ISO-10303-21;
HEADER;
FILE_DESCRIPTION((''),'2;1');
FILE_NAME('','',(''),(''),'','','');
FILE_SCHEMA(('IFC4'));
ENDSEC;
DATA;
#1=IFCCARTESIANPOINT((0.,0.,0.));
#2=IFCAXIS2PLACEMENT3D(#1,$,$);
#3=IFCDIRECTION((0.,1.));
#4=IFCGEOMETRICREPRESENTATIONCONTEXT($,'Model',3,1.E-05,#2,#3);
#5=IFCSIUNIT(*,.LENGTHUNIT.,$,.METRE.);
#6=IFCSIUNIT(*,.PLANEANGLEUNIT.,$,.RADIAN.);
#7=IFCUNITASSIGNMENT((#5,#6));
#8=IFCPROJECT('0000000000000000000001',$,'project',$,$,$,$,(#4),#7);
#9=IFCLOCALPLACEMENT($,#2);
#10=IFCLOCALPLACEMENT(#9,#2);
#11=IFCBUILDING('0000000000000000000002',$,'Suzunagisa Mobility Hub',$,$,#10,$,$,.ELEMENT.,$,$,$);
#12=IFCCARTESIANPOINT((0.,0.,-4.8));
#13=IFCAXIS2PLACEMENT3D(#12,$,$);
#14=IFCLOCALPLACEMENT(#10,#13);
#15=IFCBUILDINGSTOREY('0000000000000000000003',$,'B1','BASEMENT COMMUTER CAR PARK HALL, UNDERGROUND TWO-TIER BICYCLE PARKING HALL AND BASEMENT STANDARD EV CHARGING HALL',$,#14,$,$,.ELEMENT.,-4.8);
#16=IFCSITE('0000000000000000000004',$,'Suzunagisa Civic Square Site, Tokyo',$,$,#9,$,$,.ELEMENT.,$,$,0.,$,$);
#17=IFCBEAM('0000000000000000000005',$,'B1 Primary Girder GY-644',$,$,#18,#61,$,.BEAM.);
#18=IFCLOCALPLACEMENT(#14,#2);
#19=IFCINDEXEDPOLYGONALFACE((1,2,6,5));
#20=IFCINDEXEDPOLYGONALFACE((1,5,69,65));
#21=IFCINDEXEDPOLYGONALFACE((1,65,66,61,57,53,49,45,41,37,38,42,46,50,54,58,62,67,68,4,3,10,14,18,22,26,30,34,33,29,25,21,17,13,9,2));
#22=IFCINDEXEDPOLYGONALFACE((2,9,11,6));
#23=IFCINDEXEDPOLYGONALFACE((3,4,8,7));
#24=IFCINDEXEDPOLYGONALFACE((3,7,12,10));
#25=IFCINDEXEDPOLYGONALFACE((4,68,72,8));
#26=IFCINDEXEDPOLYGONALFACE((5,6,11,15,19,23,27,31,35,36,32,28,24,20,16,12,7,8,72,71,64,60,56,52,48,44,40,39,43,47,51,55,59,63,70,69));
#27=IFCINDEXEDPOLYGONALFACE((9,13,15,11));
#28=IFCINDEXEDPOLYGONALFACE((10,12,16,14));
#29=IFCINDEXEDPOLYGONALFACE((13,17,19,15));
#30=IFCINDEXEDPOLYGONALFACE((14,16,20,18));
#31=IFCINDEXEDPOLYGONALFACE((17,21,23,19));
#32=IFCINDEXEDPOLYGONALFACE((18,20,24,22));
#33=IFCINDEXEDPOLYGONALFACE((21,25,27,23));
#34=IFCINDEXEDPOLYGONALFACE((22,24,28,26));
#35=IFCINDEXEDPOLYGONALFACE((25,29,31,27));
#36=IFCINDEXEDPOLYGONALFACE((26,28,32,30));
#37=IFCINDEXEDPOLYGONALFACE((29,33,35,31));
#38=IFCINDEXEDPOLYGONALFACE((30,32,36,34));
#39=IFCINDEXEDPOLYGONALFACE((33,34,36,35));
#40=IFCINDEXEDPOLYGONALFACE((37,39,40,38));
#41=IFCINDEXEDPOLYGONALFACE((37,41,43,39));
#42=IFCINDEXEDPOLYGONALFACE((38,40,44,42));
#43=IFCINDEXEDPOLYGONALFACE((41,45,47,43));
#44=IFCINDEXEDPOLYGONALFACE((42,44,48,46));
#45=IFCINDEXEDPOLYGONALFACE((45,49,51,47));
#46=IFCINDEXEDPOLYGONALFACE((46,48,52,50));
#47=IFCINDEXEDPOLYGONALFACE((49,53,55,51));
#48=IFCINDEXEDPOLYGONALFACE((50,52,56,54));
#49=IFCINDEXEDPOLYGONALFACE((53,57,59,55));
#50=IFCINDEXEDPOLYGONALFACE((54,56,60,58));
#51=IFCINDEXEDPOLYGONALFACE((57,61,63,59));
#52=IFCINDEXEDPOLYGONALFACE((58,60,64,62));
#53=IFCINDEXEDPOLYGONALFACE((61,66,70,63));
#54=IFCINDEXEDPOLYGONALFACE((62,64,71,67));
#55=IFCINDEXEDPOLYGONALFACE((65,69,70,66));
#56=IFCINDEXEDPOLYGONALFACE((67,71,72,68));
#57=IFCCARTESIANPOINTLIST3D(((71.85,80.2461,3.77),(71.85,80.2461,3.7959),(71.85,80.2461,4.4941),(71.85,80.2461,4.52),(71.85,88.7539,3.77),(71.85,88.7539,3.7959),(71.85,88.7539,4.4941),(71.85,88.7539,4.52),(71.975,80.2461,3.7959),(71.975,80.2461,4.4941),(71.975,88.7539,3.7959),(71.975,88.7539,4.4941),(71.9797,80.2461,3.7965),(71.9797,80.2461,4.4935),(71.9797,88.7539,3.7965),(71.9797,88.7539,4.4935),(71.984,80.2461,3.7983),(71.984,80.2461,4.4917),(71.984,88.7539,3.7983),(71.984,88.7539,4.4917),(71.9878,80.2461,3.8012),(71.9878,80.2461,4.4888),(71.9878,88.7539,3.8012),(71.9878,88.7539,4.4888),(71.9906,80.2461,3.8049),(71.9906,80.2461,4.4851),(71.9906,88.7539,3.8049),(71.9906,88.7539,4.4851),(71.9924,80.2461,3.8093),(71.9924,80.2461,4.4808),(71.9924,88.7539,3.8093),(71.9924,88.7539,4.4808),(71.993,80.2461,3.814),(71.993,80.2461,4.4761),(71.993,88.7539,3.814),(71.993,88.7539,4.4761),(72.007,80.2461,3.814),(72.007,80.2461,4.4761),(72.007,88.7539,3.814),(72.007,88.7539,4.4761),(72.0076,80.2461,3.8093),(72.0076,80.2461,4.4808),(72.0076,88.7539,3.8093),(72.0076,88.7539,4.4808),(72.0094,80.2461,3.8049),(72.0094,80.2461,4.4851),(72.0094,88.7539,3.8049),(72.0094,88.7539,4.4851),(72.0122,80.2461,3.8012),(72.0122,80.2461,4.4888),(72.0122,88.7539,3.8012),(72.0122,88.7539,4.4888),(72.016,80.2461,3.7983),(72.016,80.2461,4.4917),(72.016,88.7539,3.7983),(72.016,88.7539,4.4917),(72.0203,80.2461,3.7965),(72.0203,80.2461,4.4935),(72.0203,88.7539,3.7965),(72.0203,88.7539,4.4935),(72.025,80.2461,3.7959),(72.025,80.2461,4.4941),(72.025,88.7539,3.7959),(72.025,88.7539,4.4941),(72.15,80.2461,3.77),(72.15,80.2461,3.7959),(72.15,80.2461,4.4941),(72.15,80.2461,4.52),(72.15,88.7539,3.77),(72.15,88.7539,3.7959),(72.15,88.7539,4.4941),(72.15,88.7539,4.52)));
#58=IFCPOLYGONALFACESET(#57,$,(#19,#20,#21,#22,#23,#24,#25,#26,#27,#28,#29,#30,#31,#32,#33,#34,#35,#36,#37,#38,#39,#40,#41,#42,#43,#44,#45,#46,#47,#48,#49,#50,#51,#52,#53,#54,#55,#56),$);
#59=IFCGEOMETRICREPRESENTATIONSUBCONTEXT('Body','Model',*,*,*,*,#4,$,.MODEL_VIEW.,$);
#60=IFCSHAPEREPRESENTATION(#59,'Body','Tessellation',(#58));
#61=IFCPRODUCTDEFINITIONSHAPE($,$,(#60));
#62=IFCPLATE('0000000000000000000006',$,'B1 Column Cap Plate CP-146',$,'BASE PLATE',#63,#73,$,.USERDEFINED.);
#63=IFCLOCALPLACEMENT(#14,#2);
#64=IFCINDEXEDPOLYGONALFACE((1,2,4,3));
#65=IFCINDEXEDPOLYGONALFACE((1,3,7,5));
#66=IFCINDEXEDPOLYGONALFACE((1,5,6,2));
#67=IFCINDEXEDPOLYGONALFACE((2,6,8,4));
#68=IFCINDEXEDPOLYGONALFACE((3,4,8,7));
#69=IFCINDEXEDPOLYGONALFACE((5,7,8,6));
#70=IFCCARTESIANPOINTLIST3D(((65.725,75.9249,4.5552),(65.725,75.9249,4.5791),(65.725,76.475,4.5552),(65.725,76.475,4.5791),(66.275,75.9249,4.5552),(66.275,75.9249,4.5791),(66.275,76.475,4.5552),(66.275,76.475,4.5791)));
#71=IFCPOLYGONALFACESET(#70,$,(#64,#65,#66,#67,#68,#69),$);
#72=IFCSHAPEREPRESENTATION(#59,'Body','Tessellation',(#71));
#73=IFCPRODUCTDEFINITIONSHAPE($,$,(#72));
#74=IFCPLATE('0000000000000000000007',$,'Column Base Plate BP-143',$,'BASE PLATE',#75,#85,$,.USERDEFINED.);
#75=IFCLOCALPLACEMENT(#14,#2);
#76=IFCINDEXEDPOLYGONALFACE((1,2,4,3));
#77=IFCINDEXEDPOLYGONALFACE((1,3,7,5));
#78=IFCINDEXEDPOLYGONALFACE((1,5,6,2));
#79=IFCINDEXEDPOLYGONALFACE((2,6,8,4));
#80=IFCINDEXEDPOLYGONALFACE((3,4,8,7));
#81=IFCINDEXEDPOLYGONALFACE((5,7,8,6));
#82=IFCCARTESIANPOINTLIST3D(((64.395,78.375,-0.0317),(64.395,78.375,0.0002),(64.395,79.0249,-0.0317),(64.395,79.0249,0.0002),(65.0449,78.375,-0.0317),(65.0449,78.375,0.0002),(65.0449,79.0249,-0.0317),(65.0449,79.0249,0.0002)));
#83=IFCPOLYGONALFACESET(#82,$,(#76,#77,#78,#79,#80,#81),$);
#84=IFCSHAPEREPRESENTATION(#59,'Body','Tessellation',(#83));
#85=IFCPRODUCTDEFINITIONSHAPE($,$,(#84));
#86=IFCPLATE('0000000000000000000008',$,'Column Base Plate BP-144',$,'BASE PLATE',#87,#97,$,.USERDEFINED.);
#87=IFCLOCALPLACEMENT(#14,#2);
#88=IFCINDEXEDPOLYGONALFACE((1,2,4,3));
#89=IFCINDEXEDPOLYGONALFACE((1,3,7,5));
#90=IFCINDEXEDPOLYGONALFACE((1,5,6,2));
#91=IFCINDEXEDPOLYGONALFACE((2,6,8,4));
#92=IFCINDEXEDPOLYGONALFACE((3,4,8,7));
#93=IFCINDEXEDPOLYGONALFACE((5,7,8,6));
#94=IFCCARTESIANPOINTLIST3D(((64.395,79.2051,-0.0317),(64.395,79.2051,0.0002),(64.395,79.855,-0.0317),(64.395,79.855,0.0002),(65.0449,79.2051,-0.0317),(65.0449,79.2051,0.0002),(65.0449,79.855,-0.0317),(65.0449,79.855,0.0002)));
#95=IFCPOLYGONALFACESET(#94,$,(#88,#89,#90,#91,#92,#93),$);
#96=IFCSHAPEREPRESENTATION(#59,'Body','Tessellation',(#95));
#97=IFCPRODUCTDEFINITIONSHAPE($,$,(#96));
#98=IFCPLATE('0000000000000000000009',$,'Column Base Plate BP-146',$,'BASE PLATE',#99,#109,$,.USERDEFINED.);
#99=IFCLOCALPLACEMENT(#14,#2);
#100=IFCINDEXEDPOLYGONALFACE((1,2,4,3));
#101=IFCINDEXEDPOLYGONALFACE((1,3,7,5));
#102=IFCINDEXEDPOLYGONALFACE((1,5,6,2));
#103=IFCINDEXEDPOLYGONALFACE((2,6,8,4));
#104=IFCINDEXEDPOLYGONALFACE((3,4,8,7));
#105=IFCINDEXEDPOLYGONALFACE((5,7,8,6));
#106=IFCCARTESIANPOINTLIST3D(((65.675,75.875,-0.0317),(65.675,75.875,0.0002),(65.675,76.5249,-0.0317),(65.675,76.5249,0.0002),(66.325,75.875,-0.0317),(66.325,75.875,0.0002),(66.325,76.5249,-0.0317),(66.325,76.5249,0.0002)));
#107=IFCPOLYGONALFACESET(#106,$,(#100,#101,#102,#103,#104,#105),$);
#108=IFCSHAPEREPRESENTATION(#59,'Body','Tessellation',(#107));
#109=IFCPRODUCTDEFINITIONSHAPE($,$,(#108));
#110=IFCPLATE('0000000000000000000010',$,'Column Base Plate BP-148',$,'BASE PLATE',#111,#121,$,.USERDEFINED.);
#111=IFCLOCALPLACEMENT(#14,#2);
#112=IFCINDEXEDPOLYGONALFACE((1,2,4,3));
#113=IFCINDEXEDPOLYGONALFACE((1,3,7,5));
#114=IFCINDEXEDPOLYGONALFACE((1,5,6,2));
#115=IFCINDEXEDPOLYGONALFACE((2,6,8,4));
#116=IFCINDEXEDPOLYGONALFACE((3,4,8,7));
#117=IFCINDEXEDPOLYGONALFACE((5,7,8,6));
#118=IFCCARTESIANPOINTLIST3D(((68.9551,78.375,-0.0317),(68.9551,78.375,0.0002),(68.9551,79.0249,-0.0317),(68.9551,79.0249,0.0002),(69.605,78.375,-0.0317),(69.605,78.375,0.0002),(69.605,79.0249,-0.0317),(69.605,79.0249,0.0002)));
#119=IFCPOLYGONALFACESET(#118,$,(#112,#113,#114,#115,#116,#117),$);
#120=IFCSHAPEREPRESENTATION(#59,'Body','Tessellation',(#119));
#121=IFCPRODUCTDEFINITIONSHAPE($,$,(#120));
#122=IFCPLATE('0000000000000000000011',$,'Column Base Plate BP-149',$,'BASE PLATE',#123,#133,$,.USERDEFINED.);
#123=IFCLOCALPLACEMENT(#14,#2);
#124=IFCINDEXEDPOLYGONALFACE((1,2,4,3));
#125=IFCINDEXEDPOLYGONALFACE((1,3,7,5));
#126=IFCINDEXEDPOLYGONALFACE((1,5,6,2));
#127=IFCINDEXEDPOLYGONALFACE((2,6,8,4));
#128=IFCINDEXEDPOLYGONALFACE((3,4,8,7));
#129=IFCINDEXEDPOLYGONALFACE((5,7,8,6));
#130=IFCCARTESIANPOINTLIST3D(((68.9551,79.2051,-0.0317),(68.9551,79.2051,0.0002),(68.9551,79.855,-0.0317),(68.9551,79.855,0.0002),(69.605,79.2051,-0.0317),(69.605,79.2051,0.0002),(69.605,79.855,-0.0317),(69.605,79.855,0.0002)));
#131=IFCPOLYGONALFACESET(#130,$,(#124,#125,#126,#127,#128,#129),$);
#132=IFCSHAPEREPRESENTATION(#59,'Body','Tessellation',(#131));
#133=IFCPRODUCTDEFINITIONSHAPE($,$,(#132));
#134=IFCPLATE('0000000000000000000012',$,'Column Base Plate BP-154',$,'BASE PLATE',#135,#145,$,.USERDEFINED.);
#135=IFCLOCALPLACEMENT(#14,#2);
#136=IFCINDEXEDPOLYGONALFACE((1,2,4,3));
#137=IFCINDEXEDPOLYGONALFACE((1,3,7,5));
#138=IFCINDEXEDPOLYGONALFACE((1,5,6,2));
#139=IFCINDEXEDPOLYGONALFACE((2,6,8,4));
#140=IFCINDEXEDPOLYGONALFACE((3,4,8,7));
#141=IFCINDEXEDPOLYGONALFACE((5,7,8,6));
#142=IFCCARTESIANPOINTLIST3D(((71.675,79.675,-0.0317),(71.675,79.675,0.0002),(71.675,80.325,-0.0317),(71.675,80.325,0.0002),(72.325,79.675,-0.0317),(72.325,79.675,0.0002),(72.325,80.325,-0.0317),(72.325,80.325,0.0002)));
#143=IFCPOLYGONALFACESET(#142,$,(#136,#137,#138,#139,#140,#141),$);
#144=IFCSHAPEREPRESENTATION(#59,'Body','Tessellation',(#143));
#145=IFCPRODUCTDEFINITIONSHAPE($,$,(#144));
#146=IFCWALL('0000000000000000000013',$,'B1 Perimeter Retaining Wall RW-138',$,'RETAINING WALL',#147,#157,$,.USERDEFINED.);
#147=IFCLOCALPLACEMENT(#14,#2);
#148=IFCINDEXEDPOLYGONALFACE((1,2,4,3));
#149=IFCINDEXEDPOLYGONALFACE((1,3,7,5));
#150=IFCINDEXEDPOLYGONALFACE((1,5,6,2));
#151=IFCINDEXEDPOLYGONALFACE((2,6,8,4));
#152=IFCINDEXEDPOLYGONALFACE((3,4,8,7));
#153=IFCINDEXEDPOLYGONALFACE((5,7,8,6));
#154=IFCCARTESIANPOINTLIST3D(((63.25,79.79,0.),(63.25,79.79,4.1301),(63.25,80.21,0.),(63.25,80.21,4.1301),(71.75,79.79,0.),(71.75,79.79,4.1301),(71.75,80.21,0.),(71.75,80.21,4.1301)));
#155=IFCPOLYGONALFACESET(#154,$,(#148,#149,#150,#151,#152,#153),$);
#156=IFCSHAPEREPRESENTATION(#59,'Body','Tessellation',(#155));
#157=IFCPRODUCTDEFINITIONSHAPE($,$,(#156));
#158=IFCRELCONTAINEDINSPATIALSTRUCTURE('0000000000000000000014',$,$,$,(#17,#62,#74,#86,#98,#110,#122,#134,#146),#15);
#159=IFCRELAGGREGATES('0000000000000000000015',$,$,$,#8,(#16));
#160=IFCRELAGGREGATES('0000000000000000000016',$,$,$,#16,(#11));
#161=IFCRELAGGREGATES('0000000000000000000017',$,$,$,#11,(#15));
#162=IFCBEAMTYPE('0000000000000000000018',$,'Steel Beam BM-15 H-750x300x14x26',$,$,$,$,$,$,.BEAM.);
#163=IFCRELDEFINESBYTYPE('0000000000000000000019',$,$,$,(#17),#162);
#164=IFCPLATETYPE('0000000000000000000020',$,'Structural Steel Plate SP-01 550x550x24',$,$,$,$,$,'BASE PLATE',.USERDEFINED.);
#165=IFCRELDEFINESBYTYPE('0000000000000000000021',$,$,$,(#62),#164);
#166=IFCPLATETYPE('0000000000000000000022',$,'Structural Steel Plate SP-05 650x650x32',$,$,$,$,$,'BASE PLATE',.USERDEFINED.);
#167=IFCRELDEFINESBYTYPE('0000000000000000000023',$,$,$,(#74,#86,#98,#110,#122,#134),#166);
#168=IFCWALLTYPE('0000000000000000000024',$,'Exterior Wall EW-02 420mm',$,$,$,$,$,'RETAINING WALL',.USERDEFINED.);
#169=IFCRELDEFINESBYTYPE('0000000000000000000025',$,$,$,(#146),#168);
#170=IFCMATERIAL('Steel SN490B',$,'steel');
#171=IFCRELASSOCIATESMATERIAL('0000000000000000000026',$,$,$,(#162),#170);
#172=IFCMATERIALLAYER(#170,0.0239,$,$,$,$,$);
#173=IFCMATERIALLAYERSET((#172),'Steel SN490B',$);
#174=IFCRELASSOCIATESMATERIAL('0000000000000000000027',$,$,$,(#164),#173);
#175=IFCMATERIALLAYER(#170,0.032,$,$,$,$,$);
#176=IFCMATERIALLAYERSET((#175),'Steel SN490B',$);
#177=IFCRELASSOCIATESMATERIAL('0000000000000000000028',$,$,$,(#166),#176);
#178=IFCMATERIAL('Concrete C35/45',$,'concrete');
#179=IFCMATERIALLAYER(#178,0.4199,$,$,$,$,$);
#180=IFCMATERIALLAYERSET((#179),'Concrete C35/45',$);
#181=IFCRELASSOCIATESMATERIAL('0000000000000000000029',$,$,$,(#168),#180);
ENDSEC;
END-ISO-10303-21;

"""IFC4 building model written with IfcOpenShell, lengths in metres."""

from ifc_helpers import new_model, si_unit, direction, frame, frame_2d, origin, origin_2d, place, context, subcontext, project, spatial, rectangle, i_section, extrude, material, layer, layer_set, material_profile, profile_set, type_object, element, save


model = new_model("IFC4")

# Units and contexts
model_context = context("Model", 3, precision=1e-05, world=origin(), true_north=direction((0.0, 1.0)))
body_context = subcontext(model_context, "Body", "Model", "MODEL_VIEW")
ifc_project = project(units=[si_unit("LENGTHUNIT", "METRE"), si_unit("PLANEANGLEUNIT", "RADIAN")], contexts=[model_context])

# Site, building, storey
site_placement = place(None, origin())
site = spatial("IfcSite", under=ifc_project, at=site_placement, Name="Suzunagisa Civic Square Site, Tokyo", CompositionType="ELEMENT", RefElevation=0.0)
building_placement = place(site_placement, origin())
building = spatial("IfcBuilding", under=site, at=building_placement, Name="Suzunagisa Mobility Hub", CompositionType="ELEMENT")
storey_placement = place(building_placement, frame((0.0, 0.0, -4.8)))
storey = spatial("IfcBuildingStorey", under=building, at=storey_placement, Name="B1", Description="BASEMENT COMMUTER CAR PARK HALL, UNDERGROUND TWO-TIER BICYCLE PARKING HALL AND BASEMENT STANDARD EV CHARGING HALL", CompositionType="ELEMENT", Elevation=-4.8)

# Shared definitions
ifc_material_1 = material(Name="Concrete C35/45", Category="concrete")

# Shared definitions
ifc_material_2 = material(Name="Steel SN490B", Category="steel")

# Beam
ifc_material_profile_1 = material_profile(ifc_material_2, i_section(OverallWidth=0.3, OverallDepth=0.75, WebThickness=0.0139, FlangeThickness=0.0259, FilletRadius=0.0181, at=origin_2d()), Name="H-750x300x14x26")
ifc_profile_set_1 = profile_set([ifc_material_profile_1], Name="Steel SN490B")
beam_type_1 = type_object("IfcBeamType", Name="Steel Beam BM-15 H-750x300x14x26", PredefinedType="BEAM", material=ifc_profile_set_1)
beam_1_placement = place(storey_placement, frame((72.0, 80.2461, 4.145), z_axis=(0.0, 1.0, 0.0), x_axis=(-1.0, 0.0, 0.0)))
element("IfcBeam", 1, at=beam_1_placement, inside=storey, type_object=beam_type_1, Name="B1 Primary Girder GY-644", PredefinedType="BEAM", context=body_context, shape_type="SweptSolid", body=[
    extrude(i_section(OverallWidth=0.3, OverallDepth=0.75, WebThickness=0.0139, FlangeThickness=0.0259, FilletRadius=0.0181, at=origin_2d()), origin(), (0.0, 0.0, 1.0), 8.5078),
])

# Plates
ifc_layer_1 = layer(ifc_material_2, 0.0239)
ifc_layer_set_1 = layer_set([ifc_layer_1], Name="Steel SN490B")
plate_type_1 = type_object("IfcPlateType", Name="Structural Steel Plate SP-01 550x550x24", ElementType="BASE PLATE", PredefinedType="USERDEFINED", material=ifc_layer_set_1)
plate_placement = place(storey_placement, frame((66.0, 76.2, 4.5552), z_axis=(0.0, 0.0, 1.0), x_axis=(1.0, 0.0, 0.0)))
element("IfcPlate", 2, at=plate_placement, inside=storey, type_object=plate_type_1, Name="B1 Column Cap Plate CP-146", ObjectType="BASE PLATE", PredefinedType="USERDEFINED", context=body_context, shape_type="SweptSolid", body=[
    extrude(rectangle(XDim=0.55, YDim=0.55, at=origin_2d()), origin(), (0.0, 0.0, 1.0), 0.0239),
])
ifc_layer_2 = layer(ifc_material_2, 0.032)
ifc_layer_set_2 = layer_set([ifc_layer_2], Name="Steel SN490B")
plate_type_2 = type_object("IfcPlateType", Name="Structural Steel Plate SP-05 650x650x32", ElementType="BASE PLATE", PredefinedType="USERDEFINED", material=ifc_layer_set_2)
for number, where, z_axis, x_axis, name in (
    (3, (64.72, 78.7, -0.0317), (0.0, 0.0, 1.0), (1.0, 0.0, 0.0), "Column Base Plate BP-143"),
    (4, (64.72, 79.53, -0.0317), (0.0, 0.0, 1.0), (1.0, 0.0, 0.0), "Column Base Plate BP-144"),
    (5, (66.0, 76.2, -0.0317), (0.0, 0.0, 1.0), (1.0, 0.0, 0.0), "Column Base Plate BP-146"),
    (6, (69.28, 78.7, -0.0317), (0.0, 0.0, 1.0), (1.0, 0.0, 0.0), "Column Base Plate BP-148"),
    (7, (69.28, 79.53, -0.0317), (0.0, 0.0, 1.0), (1.0, 0.0, 0.0), "Column Base Plate BP-149"),
    (8, (72.0, 80.0, -0.0317), (0.0, 0.0, 1.0), (1.0, 0.0, 0.0), "Column Base Plate BP-154"),
):
    element("IfcPlate", number, at=place(storey_placement, frame(where, z_axis=z_axis, x_axis=x_axis)), inside=storey, type_object=plate_type_2, Name=name, ObjectType="BASE PLATE", PredefinedType="USERDEFINED", context=body_context, shape_type="SweptSolid", body=[
        extrude(rectangle(XDim=0.6499, YDim=0.6499, at=origin_2d()), origin(), (0.0, 0.0, 1.0), 0.032),
    ])

# Wall
ifc_layer_3 = layer(ifc_material_1, 0.4199)
ifc_layer_set_3 = layer_set([ifc_layer_3], Name="Concrete C35/45")
wall_type = type_object("IfcWallType", Name="Exterior Wall EW-02 420mm", ElementType="RETAINING WALL", PredefinedType="USERDEFINED", material=ifc_layer_set_3)
wall_placement = place(storey_placement, frame((63.25, 80.0, 0.0), z_axis=(0.0, 0.0, 1.0), x_axis=(1.0, 0.0, 0.0)))
element("IfcWall", 9, at=wall_placement, inside=storey, type_object=wall_type, Name="B1 Perimeter Retaining Wall RW-138", ObjectType="RETAINING WALL", PredefinedType="USERDEFINED", context=body_context, shape_type="SweptSolid", body=[
    extrude(rectangle(XDim=8.5, YDim=0.4199, at=frame_2d((4.25, 0.0))), origin(), (0.0, 0.0, 1.0), 4.1301),
])

save(model, "model.ifc")
